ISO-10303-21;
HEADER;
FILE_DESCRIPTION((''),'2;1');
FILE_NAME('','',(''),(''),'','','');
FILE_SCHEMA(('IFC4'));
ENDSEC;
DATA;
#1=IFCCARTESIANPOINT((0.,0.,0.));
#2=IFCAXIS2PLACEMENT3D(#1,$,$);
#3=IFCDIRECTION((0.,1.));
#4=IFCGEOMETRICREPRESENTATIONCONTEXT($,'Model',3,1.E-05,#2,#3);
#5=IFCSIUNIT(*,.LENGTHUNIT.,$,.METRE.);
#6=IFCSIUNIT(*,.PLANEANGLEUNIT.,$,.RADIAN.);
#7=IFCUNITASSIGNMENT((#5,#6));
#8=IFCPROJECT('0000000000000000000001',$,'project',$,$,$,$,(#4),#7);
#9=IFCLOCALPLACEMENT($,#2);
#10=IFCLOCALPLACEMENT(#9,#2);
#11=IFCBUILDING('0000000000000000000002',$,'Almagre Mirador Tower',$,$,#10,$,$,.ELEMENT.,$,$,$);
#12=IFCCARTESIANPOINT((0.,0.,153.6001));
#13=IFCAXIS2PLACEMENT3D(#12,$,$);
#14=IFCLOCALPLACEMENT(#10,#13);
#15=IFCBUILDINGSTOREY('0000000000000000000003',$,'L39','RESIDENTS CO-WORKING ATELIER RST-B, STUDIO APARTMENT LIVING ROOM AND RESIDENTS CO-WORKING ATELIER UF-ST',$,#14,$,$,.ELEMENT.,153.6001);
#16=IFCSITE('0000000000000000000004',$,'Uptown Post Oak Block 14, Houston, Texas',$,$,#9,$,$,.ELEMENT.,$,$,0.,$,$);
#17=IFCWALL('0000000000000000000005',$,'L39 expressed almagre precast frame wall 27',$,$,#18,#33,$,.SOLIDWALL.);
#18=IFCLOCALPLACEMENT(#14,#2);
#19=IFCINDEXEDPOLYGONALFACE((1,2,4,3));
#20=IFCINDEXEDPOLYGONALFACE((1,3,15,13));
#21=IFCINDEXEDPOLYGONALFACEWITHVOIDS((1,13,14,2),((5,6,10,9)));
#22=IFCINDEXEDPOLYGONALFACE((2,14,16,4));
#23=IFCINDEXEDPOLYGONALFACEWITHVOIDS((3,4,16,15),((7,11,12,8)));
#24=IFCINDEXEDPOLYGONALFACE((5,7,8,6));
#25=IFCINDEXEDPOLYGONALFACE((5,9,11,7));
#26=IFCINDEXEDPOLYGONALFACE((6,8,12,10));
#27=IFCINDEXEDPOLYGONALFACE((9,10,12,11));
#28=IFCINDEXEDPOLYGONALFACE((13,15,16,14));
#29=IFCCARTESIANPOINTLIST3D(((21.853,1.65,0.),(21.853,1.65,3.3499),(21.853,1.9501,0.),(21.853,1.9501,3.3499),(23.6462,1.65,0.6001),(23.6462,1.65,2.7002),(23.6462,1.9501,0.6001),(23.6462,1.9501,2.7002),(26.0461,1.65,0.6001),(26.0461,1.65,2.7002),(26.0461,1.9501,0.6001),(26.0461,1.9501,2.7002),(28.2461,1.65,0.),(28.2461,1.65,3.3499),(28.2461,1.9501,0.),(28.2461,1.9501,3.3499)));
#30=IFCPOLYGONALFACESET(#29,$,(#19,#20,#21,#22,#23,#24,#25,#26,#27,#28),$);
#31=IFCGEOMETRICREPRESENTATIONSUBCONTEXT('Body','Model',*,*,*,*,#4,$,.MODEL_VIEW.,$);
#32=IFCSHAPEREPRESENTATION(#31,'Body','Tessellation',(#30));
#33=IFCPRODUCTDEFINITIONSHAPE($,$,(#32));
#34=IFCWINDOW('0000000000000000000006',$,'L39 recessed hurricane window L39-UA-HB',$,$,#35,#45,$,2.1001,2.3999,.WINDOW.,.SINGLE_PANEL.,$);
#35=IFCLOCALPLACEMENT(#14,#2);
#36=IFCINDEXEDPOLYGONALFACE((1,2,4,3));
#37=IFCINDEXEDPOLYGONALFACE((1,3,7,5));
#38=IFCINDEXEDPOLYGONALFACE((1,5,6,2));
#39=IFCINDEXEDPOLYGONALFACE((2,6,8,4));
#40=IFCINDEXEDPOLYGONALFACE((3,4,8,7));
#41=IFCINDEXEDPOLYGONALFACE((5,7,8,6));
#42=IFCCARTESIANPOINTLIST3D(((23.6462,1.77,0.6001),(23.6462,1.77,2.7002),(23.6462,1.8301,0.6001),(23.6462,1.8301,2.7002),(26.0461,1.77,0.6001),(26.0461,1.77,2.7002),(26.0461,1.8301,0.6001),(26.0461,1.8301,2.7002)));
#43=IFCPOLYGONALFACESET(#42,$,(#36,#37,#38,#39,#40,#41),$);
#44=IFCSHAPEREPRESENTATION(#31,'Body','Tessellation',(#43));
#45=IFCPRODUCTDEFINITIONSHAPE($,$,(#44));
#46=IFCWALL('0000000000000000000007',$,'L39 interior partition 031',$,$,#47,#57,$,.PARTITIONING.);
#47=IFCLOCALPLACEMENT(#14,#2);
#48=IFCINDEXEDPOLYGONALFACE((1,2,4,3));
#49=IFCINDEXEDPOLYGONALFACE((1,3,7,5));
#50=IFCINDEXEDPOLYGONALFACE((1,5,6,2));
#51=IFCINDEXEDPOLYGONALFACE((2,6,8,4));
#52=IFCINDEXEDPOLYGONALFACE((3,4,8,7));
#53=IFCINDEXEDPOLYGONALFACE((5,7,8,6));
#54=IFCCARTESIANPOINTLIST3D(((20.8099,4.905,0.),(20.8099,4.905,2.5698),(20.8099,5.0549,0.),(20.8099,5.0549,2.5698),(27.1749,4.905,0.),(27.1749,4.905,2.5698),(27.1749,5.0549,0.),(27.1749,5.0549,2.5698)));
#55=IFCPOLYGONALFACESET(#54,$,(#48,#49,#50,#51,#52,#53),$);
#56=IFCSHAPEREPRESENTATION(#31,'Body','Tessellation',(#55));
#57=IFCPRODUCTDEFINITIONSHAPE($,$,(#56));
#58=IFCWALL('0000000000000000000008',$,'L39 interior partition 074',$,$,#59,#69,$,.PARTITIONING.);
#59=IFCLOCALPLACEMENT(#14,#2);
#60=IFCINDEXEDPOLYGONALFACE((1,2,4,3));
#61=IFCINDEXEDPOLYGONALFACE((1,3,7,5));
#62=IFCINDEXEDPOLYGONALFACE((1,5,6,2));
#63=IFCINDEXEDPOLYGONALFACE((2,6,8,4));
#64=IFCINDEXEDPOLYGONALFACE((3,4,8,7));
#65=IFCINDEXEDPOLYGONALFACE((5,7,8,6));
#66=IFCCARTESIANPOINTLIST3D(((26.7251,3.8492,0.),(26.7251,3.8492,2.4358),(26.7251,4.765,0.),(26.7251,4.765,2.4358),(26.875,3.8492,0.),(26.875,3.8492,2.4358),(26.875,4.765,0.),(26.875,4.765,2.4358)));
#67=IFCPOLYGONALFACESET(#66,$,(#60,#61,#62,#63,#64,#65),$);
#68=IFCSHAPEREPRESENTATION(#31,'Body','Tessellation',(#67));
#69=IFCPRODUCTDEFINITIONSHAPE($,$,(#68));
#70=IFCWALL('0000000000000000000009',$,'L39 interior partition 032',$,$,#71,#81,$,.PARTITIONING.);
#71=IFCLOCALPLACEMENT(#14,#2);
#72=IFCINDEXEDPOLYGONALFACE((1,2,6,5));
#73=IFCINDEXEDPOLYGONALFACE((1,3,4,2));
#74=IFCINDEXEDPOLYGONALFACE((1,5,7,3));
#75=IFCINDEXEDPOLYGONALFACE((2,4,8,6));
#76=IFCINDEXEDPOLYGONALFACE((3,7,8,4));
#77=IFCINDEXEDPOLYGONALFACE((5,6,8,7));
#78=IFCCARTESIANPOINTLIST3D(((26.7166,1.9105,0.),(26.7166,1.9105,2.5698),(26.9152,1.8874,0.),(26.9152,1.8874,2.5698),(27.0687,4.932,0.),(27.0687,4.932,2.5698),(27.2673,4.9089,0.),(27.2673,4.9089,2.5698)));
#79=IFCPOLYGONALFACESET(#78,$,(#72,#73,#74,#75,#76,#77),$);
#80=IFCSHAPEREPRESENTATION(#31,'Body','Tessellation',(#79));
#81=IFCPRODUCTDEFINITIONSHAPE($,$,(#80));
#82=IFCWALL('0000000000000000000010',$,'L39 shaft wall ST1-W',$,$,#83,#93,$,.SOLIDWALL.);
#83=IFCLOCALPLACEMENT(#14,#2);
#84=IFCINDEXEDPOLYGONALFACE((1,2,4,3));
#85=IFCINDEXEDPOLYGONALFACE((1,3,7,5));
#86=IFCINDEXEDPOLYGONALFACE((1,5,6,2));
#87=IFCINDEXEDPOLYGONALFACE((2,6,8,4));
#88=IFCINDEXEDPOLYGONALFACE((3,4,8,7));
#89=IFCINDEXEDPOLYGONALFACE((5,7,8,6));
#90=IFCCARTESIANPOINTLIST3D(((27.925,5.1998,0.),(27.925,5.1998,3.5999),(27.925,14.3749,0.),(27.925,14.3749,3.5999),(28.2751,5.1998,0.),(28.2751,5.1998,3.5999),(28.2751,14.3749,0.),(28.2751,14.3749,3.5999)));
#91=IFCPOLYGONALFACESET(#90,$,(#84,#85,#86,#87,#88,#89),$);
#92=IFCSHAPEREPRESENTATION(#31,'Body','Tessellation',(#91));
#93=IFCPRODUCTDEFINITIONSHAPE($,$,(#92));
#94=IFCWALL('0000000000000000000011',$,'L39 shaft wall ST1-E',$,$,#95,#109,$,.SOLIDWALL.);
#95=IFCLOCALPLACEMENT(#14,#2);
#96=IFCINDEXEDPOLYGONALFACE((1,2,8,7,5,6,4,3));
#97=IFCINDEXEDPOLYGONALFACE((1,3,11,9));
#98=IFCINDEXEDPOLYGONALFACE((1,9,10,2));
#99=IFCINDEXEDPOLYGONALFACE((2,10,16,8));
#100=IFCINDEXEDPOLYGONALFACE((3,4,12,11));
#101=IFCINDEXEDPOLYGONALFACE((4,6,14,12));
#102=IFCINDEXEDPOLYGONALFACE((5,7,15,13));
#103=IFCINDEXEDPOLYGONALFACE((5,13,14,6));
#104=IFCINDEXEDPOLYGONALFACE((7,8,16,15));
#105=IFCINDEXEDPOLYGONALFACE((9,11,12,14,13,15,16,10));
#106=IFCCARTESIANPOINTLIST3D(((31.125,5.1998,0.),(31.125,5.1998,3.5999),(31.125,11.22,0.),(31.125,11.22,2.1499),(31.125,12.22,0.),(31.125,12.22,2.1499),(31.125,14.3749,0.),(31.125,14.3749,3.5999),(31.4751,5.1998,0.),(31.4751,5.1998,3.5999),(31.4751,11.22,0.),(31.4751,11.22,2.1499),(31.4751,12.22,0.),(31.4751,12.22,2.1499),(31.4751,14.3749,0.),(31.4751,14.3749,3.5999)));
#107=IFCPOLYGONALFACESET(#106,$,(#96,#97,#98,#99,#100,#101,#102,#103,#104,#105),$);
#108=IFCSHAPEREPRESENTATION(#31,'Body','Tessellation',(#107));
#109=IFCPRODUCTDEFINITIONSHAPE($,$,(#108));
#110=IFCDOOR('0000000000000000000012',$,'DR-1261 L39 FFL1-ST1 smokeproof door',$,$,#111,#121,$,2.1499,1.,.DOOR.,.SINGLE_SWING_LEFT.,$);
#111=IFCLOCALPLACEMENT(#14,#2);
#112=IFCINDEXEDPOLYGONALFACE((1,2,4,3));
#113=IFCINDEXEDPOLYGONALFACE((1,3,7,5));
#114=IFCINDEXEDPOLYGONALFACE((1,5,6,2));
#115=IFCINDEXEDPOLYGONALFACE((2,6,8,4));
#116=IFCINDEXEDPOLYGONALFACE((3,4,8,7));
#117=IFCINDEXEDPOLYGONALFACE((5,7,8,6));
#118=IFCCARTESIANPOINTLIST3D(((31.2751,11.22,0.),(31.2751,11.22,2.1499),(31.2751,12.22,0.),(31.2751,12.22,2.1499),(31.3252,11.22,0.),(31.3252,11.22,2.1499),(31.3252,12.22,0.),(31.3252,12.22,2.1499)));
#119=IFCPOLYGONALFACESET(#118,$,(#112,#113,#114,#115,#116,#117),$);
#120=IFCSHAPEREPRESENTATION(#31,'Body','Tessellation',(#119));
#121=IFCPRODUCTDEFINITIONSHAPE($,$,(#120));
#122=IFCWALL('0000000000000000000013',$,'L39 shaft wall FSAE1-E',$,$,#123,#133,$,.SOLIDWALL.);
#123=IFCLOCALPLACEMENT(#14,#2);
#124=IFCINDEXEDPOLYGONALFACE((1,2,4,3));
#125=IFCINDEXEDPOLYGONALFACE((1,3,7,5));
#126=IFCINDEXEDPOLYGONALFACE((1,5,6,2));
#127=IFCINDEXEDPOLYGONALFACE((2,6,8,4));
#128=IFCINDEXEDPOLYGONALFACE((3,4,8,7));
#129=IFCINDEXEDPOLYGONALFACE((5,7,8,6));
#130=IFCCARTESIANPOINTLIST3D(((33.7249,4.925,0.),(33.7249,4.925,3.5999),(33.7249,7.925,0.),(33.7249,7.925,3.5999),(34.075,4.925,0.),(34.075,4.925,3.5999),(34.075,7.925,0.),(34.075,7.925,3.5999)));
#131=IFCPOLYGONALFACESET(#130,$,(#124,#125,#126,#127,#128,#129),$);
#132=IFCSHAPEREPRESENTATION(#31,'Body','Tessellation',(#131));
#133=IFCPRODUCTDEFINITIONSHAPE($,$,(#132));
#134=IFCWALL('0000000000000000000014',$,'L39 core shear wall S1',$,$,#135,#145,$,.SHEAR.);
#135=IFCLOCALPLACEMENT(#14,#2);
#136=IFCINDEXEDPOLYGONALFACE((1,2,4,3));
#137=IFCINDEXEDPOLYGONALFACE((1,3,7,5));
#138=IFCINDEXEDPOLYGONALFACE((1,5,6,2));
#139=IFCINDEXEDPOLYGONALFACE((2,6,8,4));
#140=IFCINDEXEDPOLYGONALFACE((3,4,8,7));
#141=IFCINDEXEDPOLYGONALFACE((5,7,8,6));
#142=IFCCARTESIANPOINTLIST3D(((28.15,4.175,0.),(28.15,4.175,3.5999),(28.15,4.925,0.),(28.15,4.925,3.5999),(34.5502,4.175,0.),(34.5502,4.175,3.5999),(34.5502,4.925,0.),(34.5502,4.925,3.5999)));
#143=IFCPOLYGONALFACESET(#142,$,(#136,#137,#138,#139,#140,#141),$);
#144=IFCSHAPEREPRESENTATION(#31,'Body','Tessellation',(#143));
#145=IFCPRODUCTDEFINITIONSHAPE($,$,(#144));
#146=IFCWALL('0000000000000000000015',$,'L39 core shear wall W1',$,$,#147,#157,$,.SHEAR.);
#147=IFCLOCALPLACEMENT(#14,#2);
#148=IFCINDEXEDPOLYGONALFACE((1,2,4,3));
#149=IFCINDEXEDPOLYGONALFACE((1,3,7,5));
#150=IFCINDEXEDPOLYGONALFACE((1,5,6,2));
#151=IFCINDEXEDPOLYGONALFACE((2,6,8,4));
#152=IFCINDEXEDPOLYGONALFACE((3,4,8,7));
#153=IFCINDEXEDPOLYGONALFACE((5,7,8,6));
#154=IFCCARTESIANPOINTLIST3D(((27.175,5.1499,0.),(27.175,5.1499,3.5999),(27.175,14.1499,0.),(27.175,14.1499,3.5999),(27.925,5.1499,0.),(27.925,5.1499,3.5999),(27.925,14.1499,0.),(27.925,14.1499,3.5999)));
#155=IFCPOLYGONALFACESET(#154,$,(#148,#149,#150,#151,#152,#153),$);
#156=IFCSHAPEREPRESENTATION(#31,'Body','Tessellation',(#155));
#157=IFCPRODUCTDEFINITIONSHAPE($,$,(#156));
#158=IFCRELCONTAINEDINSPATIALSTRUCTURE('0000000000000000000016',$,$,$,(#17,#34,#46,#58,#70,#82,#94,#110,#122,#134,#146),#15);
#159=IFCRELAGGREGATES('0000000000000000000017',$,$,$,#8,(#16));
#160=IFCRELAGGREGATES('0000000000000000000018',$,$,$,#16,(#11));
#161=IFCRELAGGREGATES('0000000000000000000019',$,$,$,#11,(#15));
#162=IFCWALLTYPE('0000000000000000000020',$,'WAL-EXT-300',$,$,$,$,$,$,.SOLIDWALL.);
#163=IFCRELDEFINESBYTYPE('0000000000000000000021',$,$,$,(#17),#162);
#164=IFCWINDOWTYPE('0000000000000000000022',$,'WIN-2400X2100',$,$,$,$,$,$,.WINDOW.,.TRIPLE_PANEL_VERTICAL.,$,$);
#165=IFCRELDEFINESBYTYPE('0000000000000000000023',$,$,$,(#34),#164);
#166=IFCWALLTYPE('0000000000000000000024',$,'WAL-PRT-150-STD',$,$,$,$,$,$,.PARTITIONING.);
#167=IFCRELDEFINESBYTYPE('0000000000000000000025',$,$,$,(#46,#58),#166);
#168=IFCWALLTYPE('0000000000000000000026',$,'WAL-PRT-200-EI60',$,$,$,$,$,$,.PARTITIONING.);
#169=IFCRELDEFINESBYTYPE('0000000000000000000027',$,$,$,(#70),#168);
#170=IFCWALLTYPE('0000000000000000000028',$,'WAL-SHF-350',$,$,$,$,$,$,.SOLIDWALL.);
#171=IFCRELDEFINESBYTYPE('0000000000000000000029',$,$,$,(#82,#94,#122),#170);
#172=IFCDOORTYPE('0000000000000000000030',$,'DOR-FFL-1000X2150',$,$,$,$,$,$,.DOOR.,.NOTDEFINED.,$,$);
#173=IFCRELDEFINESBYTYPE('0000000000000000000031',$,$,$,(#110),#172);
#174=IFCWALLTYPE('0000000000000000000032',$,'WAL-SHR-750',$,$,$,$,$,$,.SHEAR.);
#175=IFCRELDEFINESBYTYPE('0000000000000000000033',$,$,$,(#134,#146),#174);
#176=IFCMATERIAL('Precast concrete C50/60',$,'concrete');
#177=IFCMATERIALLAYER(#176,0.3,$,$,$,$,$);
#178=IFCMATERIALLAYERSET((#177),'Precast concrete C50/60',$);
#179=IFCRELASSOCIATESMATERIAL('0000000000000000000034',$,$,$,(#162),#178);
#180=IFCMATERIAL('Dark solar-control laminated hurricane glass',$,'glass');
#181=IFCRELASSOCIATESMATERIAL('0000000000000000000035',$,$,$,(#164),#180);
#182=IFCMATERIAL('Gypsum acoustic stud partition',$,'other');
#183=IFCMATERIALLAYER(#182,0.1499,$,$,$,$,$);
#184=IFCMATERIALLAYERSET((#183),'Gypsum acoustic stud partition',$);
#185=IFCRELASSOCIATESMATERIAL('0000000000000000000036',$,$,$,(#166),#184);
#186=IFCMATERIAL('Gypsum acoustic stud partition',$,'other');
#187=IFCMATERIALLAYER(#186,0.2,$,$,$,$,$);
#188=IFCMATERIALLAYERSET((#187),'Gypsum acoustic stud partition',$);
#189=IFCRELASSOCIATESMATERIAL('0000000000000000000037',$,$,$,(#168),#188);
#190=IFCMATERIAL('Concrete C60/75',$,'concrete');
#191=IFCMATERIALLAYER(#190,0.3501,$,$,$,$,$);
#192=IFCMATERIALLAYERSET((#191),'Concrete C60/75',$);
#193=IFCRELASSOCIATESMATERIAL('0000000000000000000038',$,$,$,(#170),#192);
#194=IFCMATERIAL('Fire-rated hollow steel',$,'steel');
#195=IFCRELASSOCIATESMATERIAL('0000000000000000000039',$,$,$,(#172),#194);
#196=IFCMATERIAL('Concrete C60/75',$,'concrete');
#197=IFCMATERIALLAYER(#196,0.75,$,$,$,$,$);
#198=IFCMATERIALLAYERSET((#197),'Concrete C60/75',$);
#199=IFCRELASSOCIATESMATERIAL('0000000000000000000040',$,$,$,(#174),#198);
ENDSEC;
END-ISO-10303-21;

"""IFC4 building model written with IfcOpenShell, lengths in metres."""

from ifc_helpers import new_model, si_unit, direction, frame, frame_2d, origin, place, context, subcontext, project, spatial, rectangle, extrude, material, layer, layer_set, type_object, element, fill, save


model = new_model("IFC4")

# Units and contexts
model_context = context("Model", 3, precision=1e-05, world=origin(), true_north=direction((0.0, 1.0)))
body_context = subcontext(model_context, "Body", "Model", "MODEL_VIEW")
ifc_project = project(units=[si_unit("LENGTHUNIT", "METRE"), si_unit("PLANEANGLEUNIT", "RADIAN")], contexts=[model_context])

# Site, building, storey
site_placement = place(None, origin())
site = spatial("IfcSite", under=ifc_project, at=site_placement, Name="Uptown Post Oak Block 14, Houston, Texas", CompositionType="ELEMENT", RefElevation=0.0)
building_placement = place(site_placement, origin())
building = spatial("IfcBuilding", under=site, at=building_placement, Name="Almagre Mirador Tower", CompositionType="ELEMENT")
storey_placement = place(building_placement, frame((0.0, 0.0, 153.6001)))
storey = spatial("IfcBuildingStorey", under=building, at=storey_placement, Name="L39", Description="RESIDENTS CO-WORKING ATELIER RST-B, STUDIO APARTMENT LIVING ROOM AND RESIDENTS CO-WORKING ATELIER UF-ST", CompositionType="ELEMENT", Elevation=153.6001)

# Wall, opening, window
ifc_material_1 = material(Name="Precast concrete C50/60", Category="concrete")
ifc_layer_1 = layer(ifc_material_1, 0.3)
ifc_layer_set_1 = layer_set([ifc_layer_1], Name="Precast concrete C50/60")
wall_type_1 = type_object("IfcWallType", Name="WAL-EXT-300", PredefinedType="SOLIDWALL", material=ifc_layer_set_1)
wall_1_placement = place(storey_placement, frame((28.2461, 1.8, 0.0), z_axis=(0.0, 0.0, 1.0), x_axis=(-1.0, 0.0, 0.0)))
wall_1 = element("IfcWall", 1, at=wall_1_placement, inside=storey, type_object=wall_type_1, Name="L39 expressed almagre precast frame wall 27", PredefinedType="SOLIDWALL", context=body_context, shape_type="SweptSolid", body=[
    extrude(rectangle(XDim=6.3931, YDim=0.3, at=frame_2d((3.1965, 0.0))), origin(), (0.0, 0.0, 1.0), 3.3499),
])
opening_1_placement = place(wall_1_placement, frame((2.2, 0.0, 0.6001)))
opening_1 = element("IfcOpeningElement", 2, at=opening_1_placement, cuts=wall_1, PredefinedType="OPENING", context=body_context, shape_type="SweptSolid", body=[
    extrude(rectangle(XDim=2.3999, YDim=2.1001, at=frame_2d((1.2, 1.05))), frame((0.0, 0.1599, 0.0), z_axis=(0.0, -1.0, 0.0), x_axis=(1.0, 0.0, 0.0)), (0.0, 0.0, 1.0), 0.32),
])
ifc_material_2 = material(Name="Dark solar-control laminated hurricane glass", Category="glass")
window_type_1 = type_object("IfcWindowType", Name="WIN-2400X2100", PartitioningType="TRIPLE_PANEL_VERTICAL", PredefinedType="WINDOW", material=ifc_material_2)
window_1_placement = place(opening_1_placement, origin())
window_1 = element("IfcWindow", 3, at=window_1_placement, inside=storey, type_object=window_type_1, Name="L39 recessed hurricane window L39-UA-HB", OverallHeight=2.1001, OverallWidth=2.3999, PartitioningType="SINGLE_PANEL", PredefinedType="WINDOW", context=body_context, shape_type="SweptSolid", body=[
    extrude(rectangle(XDim=2.3999, YDim=2.1001, at=frame_2d((1.2, 1.05))), frame((0.0, 0.03, 0.0), z_axis=(0.0, -1.0, 0.0), x_axis=(1.0, 0.0, 0.0)), (0.0, 0.0, 1.0), 0.0601),
])
fill(opening_1, window_1)

# Walls
ifc_material_3 = material(Name="Gypsum acoustic stud partition", Category="other")
ifc_layer_2 = layer(ifc_material_3, 0.1499)
ifc_layer_set_2 = layer_set([ifc_layer_2], Name="Gypsum acoustic stud partition")
wall_type_2 = type_object("IfcWallType", Name="WAL-PRT-150-STD", PredefinedType="PARTITIONING", material=ifc_layer_set_2)
wall_2_placement = place(storey_placement, frame((27.175, 4.98, 0.0), z_axis=(0.0, 0.0, 1.0), x_axis=(-1.0, 0.0, 0.0)))
element("IfcWall", 4, at=wall_2_placement, inside=storey, type_object=wall_type_2, Name="L39 interior partition 031", PredefinedType="PARTITIONING", context=body_context, shape_type="SweptSolid", body=[
    extrude(rectangle(XDim=6.365, YDim=0.1499, at=frame_2d((3.1826, 0.0))), origin(), (0.0, 0.0, 1.0), 2.5698),
])
wall_3_placement = place(storey_placement, frame((26.8, 3.8491, 0.0), z_axis=(0.0, 0.0, 1.0), x_axis=(0.0, 1.0, 0.0)))
element("IfcWall", 5, at=wall_3_placement, inside=storey, type_object=wall_type_2, Name="L39 interior partition 074", PredefinedType="PARTITIONING", context=body_context, shape_type="SweptSolid", body=[
    extrude(rectangle(XDim=0.9158, YDim=0.1499, at=frame_2d((0.458, 0.0))), origin(), (0.0, 0.0, 1.0), 2.4358),
])
ifc_material_4 = material(Name="Gypsum acoustic stud partition", Category="other")
ifc_layer_3 = layer(ifc_material_4, 0.2)
ifc_layer_set_3 = layer_set([ifc_layer_3], Name="Gypsum acoustic stud partition")
wall_type_3 = type_object("IfcWallType", Name="WAL-PRT-200-EI60", PredefinedType="PARTITIONING", material=ifc_layer_set_3)
wall_4_placement = place(storey_placement, frame((26.8159, 1.8989, 0.0), z_axis=(0.0, 0.0, 1.0), x_axis=(0.115733, 0.99328, 0.0)))
element("IfcWall", 6, at=wall_4_placement, inside=storey, type_object=wall_type_3, Name="L39 interior partition 032", PredefinedType="PARTITIONING", context=body_context, shape_type="SweptSolid", body=[
    extrude(rectangle(XDim=3.042, YDim=0.2, at=frame_2d((1.521, 0.0))), origin(), (0.0, 0.0, 1.0), 2.5698),
])
ifc_material_5 = material(Name="Concrete C60/75", Category="concrete")
ifc_layer_4 = layer(ifc_material_5, 0.3501)
ifc_layer_set_4 = layer_set([ifc_layer_4], Name="Concrete C60/75")
wall_type_4 = type_object("IfcWallType", Name="WAL-SHF-350", PredefinedType="SOLIDWALL", material=ifc_layer_set_4)
wall_5_placement = place(storey_placement, frame((28.1001, 5.2, 0.0), z_axis=(0.0, 0.0, 1.0), x_axis=(0.0, 1.0, 0.0)))
element("IfcWall", 7, at=wall_5_placement, inside=storey, type_object=wall_type_4, Name="L39 shaft wall ST1-W", PredefinedType="SOLIDWALL", context=body_context, shape_type="SweptSolid", body=[
    extrude(rectangle(XDim=9.175, YDim=0.3501, at=frame_2d((4.5874, 0.0))), origin(), (0.0, 0.0, 1.0), 3.5999),
])

# Wall, opening, door
wall_6_placement = place(storey_placement, frame((31.3, 5.2, 0.0), z_axis=(0.0, 0.0, 1.0), x_axis=(0.0, 1.0, 0.0)))
wall_6 = element("IfcWall", 8, at=wall_6_placement, inside=storey, type_object=wall_type_4, Name="L39 shaft wall ST1-E", PredefinedType="SOLIDWALL", context=body_context, shape_type="SweptSolid", body=[
    extrude(rectangle(XDim=9.175, YDim=0.3501, at=frame_2d((4.5874, 0.0))), origin(), (0.0, 0.0, 1.0), 3.5999),
])
opening_2_placement = place(wall_6_placement, frame((6.02, 0.0, 0.0)))
opening_2 = element("IfcOpeningElement", 9, at=opening_2_placement, cuts=wall_6, PredefinedType="OPENING", context=body_context, shape_type="SweptSolid", body=[
    extrude(rectangle(XDim=1.0, YDim=2.1499, at=frame_2d((0.5, 1.075))), frame((0.0, 0.185, 0.0), z_axis=(0.0, -1.0, 0.0), x_axis=(1.0, 0.0, 0.0)), (0.0, 0.0, 1.0), 0.3701),
])
ifc_material_6 = material(Name="Fire-rated hollow steel", Category="steel")
door_type = type_object("IfcDoorType", Name="DOR-FFL-1000X2150", OperationType="NOTDEFINED", PredefinedType="DOOR", material=ifc_material_6)
door_placement = place(opening_2_placement, origin())
door = element("IfcDoor", 10, at=door_placement, inside=storey, type_object=door_type, Name="DR-1261 L39 FFL1-ST1 smokeproof door", OperationType="SINGLE_SWING_LEFT", OverallHeight=2.1499, OverallWidth=1.0, PredefinedType="DOOR", context=body_context, shape_type="SweptSolid", body=[
    extrude(rectangle(XDim=1.0, YDim=2.1499, at=frame_2d((0.5, 1.075))), frame((0.0, 0.0249, 0.0), z_axis=(0.0, -1.0, 0.0), x_axis=(1.0, 0.0, 0.0)), (0.0, 0.0, 1.0), 0.05),
])
fill(opening_2, door)

# Walls
wall_7_placement = place(storey_placement, frame((33.8999, 4.925, 0.0), z_axis=(0.0, 0.0, 1.0), x_axis=(0.0, 1.0, 0.0)))
element("IfcWall", 11, at=wall_7_placement, inside=storey, type_object=wall_type_4, Name="L39 shaft wall FSAE1-E", PredefinedType="SOLIDWALL", context=body_context, shape_type="SweptSolid", body=[
    extrude(rectangle(XDim=3.0, YDim=0.3501, at=frame_2d((1.5, 0.0))), origin(), (0.0, 0.0, 1.0), 3.5999),
])
ifc_material_7 = material(Name="Concrete C60/75", Category="concrete")
ifc_layer_5 = layer(ifc_material_7, 0.75)
ifc_layer_set_5 = layer_set([ifc_layer_5], Name="Concrete C60/75")
wall_type_5 = type_object("IfcWallType", Name="WAL-SHR-750", PredefinedType="SHEAR", material=ifc_layer_set_5)
wall_8_placement = place(storey_placement, frame((28.1499, 4.55, 0.0), z_axis=(0.0, 0.0, 1.0), x_axis=(1.0, 0.0, 0.0)))
element("IfcWall", 12, at=wall_8_placement, inside=storey, type_object=wall_type_5, Name="L39 core shear wall S1", PredefinedType="SHEAR", context=body_context, shape_type="SweptSolid", body=[
    extrude(rectangle(XDim=6.4001, YDim=0.75, at=frame_2d((3.2002, 0.0))), origin(), (0.0, 0.0, 1.0), 3.5999),
])
wall_9_placement = place(storey_placement, frame((27.55, 5.1499, 0.0), z_axis=(0.0, 0.0, 1.0), x_axis=(0.0, 1.0, 0.0)))
element("IfcWall", 13, at=wall_9_placement, inside=storey, type_object=wall_type_5, Name="L39 core shear wall W1", PredefinedType="SHEAR", context=body_context, shape_type="SweptSolid", body=[
    extrude(rectangle(XDim=9.0, YDim=0.75, at=frame_2d((4.5, 0.0))), origin(), (0.0, 0.0, 1.0), 3.5999),
])

save(model, "model.ifc")
